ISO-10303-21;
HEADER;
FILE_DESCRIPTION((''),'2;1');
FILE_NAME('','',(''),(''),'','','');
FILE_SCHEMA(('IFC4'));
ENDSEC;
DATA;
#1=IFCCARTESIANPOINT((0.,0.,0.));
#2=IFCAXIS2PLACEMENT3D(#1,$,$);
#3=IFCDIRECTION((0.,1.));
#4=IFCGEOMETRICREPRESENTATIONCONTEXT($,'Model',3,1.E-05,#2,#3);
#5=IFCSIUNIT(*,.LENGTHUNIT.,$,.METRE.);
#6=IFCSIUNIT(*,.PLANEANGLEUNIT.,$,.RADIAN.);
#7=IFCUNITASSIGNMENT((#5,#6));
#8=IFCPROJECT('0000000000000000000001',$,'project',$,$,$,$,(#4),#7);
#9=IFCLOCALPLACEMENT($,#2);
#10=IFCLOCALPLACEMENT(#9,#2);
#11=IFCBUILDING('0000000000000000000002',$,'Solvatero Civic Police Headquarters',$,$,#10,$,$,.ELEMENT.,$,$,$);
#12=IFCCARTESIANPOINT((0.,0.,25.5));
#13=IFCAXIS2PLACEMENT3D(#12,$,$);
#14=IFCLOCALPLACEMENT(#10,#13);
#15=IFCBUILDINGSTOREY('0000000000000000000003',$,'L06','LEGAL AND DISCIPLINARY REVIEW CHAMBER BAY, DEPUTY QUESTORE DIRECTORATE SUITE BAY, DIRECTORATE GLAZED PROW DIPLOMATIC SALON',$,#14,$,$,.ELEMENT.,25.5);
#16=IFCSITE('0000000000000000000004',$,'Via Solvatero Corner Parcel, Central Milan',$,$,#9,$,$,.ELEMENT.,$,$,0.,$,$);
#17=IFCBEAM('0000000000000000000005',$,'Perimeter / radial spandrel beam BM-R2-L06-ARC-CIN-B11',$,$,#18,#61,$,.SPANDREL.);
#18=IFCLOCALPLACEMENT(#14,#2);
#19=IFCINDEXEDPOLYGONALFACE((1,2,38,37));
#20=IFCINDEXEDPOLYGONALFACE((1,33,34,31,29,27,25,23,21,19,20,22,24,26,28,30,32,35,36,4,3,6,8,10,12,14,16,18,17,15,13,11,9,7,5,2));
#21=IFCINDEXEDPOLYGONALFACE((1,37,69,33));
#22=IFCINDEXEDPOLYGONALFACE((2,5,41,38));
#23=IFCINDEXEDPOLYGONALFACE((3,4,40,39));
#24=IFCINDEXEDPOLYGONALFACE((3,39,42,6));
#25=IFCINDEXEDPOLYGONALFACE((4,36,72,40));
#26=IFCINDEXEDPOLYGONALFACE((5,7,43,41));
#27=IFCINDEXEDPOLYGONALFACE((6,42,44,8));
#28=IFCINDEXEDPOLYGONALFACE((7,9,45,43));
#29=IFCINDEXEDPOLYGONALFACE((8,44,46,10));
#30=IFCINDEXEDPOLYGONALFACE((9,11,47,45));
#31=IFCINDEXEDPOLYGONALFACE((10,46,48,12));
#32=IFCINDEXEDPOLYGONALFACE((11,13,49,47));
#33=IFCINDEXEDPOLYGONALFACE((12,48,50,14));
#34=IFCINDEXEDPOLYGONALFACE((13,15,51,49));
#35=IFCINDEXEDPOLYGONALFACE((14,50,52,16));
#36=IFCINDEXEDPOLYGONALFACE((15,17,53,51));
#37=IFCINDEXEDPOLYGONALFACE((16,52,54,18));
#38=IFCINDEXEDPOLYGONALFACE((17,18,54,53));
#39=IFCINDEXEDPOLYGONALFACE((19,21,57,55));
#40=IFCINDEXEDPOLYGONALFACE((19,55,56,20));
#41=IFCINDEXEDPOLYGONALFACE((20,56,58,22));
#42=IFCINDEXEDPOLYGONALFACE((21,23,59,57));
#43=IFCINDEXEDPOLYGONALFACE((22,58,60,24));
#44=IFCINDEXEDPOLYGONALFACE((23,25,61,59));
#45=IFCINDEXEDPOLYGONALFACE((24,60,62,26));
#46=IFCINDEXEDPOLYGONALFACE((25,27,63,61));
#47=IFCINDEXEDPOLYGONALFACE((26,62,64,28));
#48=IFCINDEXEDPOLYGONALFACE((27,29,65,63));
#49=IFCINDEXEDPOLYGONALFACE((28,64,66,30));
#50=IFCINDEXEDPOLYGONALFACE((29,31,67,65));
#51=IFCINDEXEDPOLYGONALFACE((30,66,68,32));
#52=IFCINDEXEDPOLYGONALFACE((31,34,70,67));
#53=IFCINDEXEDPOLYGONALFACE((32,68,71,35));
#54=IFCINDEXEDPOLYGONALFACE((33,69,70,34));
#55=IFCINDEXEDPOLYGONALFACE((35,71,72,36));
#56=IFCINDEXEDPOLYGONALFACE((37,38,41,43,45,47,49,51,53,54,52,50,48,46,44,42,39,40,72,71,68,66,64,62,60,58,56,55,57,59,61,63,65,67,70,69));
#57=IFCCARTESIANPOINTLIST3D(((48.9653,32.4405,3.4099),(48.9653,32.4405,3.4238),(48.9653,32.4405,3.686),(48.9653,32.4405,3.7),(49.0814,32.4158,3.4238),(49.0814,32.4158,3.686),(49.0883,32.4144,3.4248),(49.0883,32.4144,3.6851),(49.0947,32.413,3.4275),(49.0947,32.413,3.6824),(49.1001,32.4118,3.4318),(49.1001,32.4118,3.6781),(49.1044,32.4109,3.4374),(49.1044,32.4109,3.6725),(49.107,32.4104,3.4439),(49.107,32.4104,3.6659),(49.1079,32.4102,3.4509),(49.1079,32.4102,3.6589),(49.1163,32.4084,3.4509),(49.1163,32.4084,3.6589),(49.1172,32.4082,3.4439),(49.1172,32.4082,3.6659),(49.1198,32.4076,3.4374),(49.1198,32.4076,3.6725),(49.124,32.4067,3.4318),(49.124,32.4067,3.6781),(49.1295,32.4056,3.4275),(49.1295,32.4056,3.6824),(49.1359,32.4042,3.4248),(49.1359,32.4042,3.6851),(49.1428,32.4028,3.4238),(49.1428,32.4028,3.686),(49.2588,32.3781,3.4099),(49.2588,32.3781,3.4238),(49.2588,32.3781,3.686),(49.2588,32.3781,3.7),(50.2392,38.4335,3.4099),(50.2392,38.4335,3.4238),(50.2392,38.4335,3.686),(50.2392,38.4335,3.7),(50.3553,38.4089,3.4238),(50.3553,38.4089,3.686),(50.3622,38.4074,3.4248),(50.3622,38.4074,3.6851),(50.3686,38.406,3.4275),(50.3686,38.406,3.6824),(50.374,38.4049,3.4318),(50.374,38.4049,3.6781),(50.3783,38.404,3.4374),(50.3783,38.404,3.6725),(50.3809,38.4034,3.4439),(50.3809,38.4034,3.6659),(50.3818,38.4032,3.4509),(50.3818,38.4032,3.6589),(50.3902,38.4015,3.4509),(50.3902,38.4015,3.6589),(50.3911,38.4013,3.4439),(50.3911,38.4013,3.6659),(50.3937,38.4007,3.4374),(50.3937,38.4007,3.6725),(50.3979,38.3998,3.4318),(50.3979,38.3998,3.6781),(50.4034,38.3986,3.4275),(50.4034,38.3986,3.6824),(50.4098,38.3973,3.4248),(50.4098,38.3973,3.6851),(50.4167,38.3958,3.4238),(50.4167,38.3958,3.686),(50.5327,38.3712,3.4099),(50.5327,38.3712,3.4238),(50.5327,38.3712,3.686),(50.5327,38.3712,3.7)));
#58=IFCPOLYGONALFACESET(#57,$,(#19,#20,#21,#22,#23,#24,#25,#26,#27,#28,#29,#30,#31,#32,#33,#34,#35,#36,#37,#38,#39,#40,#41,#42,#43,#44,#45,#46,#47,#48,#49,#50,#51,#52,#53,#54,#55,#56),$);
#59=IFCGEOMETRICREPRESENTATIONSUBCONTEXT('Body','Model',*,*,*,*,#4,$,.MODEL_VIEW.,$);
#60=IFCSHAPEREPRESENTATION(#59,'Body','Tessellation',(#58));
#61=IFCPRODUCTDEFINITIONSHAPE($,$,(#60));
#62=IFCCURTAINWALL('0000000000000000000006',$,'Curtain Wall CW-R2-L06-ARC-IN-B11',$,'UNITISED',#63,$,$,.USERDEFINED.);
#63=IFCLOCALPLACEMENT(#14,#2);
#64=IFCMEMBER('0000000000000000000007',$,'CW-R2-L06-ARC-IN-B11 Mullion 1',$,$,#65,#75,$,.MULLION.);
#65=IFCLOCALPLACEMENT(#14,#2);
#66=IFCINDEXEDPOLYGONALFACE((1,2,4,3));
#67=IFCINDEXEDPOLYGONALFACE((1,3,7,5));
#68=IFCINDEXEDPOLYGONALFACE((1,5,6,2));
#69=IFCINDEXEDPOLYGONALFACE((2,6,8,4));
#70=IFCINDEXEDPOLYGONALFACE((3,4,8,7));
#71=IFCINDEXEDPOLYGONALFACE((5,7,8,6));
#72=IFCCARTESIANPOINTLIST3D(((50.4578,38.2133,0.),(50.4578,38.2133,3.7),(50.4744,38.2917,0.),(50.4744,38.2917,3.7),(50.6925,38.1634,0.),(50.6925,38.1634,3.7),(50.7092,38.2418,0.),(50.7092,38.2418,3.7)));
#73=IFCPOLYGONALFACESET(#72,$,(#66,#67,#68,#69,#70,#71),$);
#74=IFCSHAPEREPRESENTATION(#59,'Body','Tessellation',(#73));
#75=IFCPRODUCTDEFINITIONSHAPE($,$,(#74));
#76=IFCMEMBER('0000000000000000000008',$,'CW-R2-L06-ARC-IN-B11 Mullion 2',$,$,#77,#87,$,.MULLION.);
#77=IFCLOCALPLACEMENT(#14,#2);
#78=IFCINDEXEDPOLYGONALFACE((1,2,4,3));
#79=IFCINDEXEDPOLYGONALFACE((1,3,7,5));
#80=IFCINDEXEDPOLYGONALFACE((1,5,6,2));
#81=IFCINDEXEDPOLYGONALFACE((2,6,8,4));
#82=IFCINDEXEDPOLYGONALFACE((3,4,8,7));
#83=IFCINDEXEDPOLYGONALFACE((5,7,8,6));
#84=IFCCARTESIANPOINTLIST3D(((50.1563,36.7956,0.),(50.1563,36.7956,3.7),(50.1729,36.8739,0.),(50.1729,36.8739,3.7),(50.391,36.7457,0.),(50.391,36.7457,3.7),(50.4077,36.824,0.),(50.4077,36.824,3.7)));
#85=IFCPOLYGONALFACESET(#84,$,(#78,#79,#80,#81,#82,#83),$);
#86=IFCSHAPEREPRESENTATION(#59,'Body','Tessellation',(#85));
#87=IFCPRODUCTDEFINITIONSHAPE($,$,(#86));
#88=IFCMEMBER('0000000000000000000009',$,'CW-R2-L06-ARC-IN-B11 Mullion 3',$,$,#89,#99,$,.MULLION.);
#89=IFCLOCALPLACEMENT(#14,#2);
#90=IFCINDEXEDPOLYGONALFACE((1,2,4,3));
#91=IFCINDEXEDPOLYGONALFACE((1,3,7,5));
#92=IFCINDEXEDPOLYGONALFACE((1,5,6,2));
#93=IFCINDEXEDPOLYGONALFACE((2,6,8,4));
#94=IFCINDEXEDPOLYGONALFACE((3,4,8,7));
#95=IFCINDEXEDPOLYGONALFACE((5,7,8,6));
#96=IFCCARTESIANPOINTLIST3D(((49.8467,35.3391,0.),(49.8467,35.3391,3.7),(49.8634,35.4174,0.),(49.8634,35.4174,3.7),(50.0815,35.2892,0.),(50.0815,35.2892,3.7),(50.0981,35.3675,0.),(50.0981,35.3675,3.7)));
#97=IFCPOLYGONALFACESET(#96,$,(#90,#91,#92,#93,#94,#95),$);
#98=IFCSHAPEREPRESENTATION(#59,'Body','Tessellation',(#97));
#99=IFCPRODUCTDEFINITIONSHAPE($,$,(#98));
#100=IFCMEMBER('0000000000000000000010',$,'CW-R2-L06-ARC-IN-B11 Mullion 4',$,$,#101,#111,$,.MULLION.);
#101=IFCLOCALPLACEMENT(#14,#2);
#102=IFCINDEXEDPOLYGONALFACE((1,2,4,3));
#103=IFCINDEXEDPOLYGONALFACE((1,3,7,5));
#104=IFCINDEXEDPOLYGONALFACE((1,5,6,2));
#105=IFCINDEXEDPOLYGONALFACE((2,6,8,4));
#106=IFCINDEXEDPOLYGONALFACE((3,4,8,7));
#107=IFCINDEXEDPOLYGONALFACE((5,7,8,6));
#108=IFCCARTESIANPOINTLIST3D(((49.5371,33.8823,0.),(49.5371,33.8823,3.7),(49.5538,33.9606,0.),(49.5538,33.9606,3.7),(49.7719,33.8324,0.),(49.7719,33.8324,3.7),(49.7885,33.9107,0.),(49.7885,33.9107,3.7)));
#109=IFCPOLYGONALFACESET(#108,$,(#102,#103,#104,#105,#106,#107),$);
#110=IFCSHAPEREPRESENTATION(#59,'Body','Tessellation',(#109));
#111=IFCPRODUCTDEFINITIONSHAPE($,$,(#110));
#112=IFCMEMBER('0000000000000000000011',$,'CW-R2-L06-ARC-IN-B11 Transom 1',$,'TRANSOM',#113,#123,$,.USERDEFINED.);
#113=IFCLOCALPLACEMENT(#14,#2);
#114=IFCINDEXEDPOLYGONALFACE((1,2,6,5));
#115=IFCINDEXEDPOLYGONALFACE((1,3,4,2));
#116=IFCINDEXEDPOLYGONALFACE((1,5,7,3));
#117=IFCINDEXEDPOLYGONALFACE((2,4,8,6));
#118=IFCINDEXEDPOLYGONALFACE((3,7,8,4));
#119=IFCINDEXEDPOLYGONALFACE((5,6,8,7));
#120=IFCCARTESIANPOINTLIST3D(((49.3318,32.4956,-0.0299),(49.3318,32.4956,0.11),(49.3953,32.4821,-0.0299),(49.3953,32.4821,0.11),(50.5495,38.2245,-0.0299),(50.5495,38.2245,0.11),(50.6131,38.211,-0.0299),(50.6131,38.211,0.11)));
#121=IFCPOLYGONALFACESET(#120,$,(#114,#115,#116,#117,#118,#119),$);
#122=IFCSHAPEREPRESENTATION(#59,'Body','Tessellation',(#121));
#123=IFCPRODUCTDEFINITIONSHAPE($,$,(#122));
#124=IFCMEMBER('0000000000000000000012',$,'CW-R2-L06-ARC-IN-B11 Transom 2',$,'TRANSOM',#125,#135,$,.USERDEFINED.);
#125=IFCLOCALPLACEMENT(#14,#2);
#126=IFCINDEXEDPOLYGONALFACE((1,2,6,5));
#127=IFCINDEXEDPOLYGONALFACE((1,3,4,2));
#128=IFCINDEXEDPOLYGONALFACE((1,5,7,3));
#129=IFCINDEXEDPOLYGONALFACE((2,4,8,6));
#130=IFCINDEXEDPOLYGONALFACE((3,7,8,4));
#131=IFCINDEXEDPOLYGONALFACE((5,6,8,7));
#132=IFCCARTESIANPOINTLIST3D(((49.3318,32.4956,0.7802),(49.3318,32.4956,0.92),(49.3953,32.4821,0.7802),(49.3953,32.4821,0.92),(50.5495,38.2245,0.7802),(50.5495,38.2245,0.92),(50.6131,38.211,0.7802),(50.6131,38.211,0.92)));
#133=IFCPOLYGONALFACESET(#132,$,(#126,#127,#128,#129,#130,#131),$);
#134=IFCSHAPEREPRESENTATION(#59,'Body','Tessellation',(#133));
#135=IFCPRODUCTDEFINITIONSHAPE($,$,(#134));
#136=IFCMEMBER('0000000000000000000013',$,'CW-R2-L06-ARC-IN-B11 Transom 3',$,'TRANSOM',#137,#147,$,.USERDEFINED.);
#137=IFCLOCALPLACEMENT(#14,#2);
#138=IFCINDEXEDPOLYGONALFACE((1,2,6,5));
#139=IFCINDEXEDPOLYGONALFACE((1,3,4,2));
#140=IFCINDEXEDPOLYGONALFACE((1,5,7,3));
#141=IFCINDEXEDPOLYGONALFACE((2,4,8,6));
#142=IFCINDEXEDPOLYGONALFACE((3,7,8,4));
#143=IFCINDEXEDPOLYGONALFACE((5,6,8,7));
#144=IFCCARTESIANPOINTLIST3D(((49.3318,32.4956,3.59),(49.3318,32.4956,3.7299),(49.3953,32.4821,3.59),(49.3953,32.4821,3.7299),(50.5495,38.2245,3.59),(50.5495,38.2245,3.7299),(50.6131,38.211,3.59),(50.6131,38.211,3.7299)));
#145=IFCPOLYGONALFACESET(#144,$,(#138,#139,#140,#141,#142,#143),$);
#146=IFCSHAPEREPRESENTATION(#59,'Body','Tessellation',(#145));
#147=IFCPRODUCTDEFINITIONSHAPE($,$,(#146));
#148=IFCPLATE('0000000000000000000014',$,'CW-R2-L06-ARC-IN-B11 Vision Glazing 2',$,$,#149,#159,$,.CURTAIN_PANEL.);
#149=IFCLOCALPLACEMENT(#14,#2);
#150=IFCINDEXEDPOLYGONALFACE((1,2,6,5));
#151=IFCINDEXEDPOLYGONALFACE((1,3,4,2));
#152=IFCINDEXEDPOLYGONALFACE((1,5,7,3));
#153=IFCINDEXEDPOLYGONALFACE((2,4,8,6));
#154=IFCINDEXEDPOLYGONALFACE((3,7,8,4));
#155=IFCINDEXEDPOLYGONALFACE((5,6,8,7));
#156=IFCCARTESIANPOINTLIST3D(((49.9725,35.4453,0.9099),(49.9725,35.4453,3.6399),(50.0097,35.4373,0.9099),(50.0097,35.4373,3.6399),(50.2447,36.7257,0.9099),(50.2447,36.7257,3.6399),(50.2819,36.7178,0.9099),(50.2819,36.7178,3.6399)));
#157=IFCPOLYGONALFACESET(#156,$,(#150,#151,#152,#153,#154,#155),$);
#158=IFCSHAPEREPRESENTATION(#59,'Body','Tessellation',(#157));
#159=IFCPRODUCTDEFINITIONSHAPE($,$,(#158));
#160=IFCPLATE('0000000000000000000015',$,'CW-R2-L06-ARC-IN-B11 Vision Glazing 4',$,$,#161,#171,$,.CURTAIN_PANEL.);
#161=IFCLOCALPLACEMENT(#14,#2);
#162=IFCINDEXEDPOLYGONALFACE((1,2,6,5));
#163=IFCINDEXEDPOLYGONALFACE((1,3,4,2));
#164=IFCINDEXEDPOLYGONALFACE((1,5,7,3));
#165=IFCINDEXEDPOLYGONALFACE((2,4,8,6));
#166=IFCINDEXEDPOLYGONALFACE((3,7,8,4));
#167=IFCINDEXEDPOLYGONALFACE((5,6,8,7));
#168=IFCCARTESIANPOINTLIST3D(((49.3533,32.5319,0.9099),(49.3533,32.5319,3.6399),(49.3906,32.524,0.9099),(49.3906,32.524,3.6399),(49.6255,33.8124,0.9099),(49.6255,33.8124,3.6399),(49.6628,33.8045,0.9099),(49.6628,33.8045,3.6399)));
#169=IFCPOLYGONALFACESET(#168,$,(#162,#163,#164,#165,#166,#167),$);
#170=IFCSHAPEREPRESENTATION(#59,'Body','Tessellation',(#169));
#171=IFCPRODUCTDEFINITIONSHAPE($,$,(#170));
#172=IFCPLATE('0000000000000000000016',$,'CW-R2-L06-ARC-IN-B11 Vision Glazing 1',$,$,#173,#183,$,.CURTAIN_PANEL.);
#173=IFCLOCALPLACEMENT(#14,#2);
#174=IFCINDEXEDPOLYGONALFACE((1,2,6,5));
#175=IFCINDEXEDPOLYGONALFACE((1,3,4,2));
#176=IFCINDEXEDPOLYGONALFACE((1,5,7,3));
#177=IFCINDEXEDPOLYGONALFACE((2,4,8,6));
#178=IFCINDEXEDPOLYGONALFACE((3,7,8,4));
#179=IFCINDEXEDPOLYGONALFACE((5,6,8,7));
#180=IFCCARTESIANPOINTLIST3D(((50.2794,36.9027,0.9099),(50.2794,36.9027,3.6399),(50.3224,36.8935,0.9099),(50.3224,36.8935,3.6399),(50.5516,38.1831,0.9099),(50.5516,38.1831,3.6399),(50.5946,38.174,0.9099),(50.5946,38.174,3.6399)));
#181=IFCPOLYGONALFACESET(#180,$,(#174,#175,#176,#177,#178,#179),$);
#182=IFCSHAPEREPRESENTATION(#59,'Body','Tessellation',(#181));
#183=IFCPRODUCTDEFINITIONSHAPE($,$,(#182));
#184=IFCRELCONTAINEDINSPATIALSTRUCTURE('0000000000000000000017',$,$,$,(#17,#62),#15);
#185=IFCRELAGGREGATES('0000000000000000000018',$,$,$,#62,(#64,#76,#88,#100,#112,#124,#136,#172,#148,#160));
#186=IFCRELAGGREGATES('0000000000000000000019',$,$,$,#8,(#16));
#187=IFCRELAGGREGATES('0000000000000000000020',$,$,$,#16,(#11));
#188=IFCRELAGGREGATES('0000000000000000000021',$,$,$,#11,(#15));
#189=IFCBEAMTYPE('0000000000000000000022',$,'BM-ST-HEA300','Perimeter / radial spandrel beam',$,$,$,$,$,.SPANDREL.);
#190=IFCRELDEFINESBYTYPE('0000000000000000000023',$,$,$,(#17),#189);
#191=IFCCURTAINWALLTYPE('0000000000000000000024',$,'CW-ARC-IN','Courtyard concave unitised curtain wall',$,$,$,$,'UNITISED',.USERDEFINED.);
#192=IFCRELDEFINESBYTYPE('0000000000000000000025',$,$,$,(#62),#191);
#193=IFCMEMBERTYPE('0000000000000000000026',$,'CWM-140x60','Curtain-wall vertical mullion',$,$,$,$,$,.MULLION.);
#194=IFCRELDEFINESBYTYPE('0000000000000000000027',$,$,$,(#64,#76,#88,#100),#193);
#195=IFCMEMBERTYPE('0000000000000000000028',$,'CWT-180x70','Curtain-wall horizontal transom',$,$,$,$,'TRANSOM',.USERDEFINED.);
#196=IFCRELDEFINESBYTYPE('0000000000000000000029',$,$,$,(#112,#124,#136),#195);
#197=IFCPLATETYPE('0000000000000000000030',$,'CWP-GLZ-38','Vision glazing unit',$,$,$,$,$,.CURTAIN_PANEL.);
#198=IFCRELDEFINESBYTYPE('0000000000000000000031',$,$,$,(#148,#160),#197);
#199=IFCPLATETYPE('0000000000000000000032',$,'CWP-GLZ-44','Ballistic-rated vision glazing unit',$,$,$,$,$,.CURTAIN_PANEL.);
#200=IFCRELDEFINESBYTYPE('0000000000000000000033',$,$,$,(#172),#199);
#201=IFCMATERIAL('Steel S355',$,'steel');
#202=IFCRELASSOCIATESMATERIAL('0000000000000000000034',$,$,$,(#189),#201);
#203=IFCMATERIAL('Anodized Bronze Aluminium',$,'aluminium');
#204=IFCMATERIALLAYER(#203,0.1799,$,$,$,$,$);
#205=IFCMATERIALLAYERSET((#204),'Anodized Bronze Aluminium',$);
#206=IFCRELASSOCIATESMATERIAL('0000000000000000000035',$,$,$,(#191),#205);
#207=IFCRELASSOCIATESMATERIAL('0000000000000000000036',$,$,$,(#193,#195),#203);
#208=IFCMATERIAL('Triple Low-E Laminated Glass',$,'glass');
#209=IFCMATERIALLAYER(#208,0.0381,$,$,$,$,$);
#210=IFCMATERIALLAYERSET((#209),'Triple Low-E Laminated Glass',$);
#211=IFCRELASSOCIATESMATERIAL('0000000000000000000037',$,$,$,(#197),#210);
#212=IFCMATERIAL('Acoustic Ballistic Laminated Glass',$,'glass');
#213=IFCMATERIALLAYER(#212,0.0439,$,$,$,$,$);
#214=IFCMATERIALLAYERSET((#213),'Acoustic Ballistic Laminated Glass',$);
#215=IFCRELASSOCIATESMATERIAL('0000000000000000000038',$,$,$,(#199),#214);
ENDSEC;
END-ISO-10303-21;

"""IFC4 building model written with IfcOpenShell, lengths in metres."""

from ifc_helpers import new_model, si_unit, direction, frame, origin, origin_2d, place, context, subcontext, project, spatial, rectangle, i_section, extrude, material, layer, layer_set, material_profile, profile_set, type_object, element, aggregate, save


model = new_model("IFC4")

# Units and contexts
model_context = context("Model", 3, precision=1e-05, world=origin(), true_north=direction((0.0, 1.0)))
body_context = subcontext(model_context, "Body", "Model", "MODEL_VIEW")
ifc_project = project(units=[si_unit("LENGTHUNIT", "METRE"), si_unit("PLANEANGLEUNIT", "RADIAN")], contexts=[model_context])

# Site, building, storey
site_placement = place(None, origin())
site = spatial("IfcSite", under=ifc_project, at=site_placement, Name="Via Solvatero Corner Parcel, Central Milan", CompositionType="ELEMENT", RefElevation=0.0)
building_placement = place(site_placement, origin())
building = spatial("IfcBuilding", under=site, at=building_placement, Name="Solvatero Civic Police Headquarters", CompositionType="ELEMENT")
storey_placement = place(building_placement, frame((0.0, 0.0, 25.5)))
storey = spatial("IfcBuildingStorey", under=building, at=storey_placement, Name="L06", Description="LEGAL AND DISCIPLINARY REVIEW CHAMBER BAY, DEPUTY QUESTORE DIRECTORATE SUITE BAY, DIRECTORATE GLAZED PROW DIPLOMATIC SALON", CompositionType="ELEMENT", Elevation=25.5)

# Beam
ifc_material_1 = material(Name="Steel S355", Category="steel")
ifc_material_profile_1 = material_profile(ifc_material_1, i_section(OverallWidth=0.3, OverallDepth=0.29, WebThickness=0.0085, FlangeThickness=0.0139, FilletRadius=0.0271, at=origin_2d()), Name="HEA 300")
ifc_profile_set_1 = profile_set([ifc_material_profile_1], Name="Steel S355")
beam_type = type_object("IfcBeamType", Name="BM-ST-HEA300", Description="Perimeter / radial spandrel beam", PredefinedType="SPANDREL", material=ifc_profile_set_1)
beam_placement = place(storey_placement, frame((50.386, 38.4023, 3.5549), z_axis=(-0.207918, -0.978146, 0.0), x_axis=(0.978146, -0.207918, 0.0)))
element("IfcBeam", 1, at=beam_placement, inside=storey, type_object=beam_type, Name="Perimeter / radial spandrel beam BM-R2-L06-ARC-CIN-B11", PredefinedType="SPANDREL", context=body_context, shape_type="SweptSolid", body=[
    extrude(i_section(OverallWidth=0.3, OverallDepth=0.29, WebThickness=0.0085, FlangeThickness=0.0139, FilletRadius=0.0271, at=origin_2d()), origin(), (0.0, 0.0, 1.0), 6.127),
])

# Curtain wall, members, plates
ifc_material_2 = material(Name="Anodized Bronze Aluminium", Category="aluminium")
ifc_layer_1 = layer(ifc_material_2, 0.1799)
ifc_layer_set_1 = layer_set([ifc_layer_1], Name="Anodized Bronze Aluminium")
curtain_wall_type = type_object("IfcCurtainWallType", Name="CW-ARC-IN", Description="Courtyard concave unitised curtain wall", ElementType="UNITISED", PredefinedType="USERDEFINED", material=ifc_layer_set_1)
curtain_wall_placement = place(storey_placement, origin())
curtain_wall = element("IfcCurtainWall", 2, at=curtain_wall_placement, inside=storey, type_object=curtain_wall_type, Name="Curtain Wall CW-R2-L06-ARC-IN-B11", ObjectType="UNITISED", PredefinedType="USERDEFINED")
ifc_material_profile_2 = material_profile(ifc_material_2, rectangle(XDim=0.0801, YDim=0.24, at=origin_2d()), Name="ALU MULLION 80x240")
ifc_profile_set_2 = profile_set([ifc_material_profile_2], Name="Anodized Bronze Aluminium")
member_type_1 = type_object("IfcMemberType", Name="CWM-140x60", Description="Curtain-wall vertical mullion", PredefinedType="MULLION", material=ifc_profile_set_2)
member_1_placement = place(storey_placement, frame((50.5835, 38.2275, 0.0), z_axis=(0.0, 0.0, 1.0), x_axis=(-0.207912, -0.978148, 0.0)))
member_1 = element("IfcMember", 3, at=member_1_placement, type_object=member_type_1, Name="CW-R2-L06-ARC-IN-B11 Mullion 1", PredefinedType="MULLION", context=body_context, shape_type="SweptSolid", body=[
    extrude(rectangle(XDim=0.0801, YDim=0.24, at=origin_2d()), origin(), (0.0, 0.0, 1.0), 3.7),
])
member_2_placement = place(storey_placement, frame((50.282, 36.8098, 0.0), z_axis=(0.0, 0.0, 1.0), x_axis=(-0.207912, -0.978148, 0.0)))
member_2 = element("IfcMember", 4, at=member_2_placement, type_object=member_type_1, Name="CW-R2-L06-ARC-IN-B11 Mullion 2", PredefinedType="MULLION", context=body_context, shape_type="SweptSolid", body=[
    extrude(rectangle(XDim=0.0801, YDim=0.24, at=origin_2d()), origin(), (0.0, 0.0, 1.0), 3.7),
])
member_3_placement = place(storey_placement, frame((49.9724, 35.3533, 0.0), z_axis=(0.0, 0.0, 1.0), x_axis=(-0.207912, -0.978148, 0.0)))
member_3 = element("IfcMember", 5, at=member_3_placement, type_object=member_type_1, Name="CW-R2-L06-ARC-IN-B11 Mullion 3", PredefinedType="MULLION", context=body_context, shape_type="SweptSolid", body=[
    extrude(rectangle(XDim=0.0801, YDim=0.24, at=origin_2d()), origin(), (0.0, 0.0, 1.0), 3.7),
])
member_4_placement = place(storey_placement, frame((49.6628, 33.8965, 0.0), z_axis=(0.0, 0.0, 1.0), x_axis=(-0.207912, -0.978148, 0.0)))
member_4 = element("IfcMember", 6, at=member_4_placement, type_object=member_type_1, Name="CW-R2-L06-ARC-IN-B11 Mullion 4", PredefinedType="MULLION", context=body_context, shape_type="SweptSolid", body=[
    extrude(rectangle(XDim=0.0801, YDim=0.24, at=origin_2d()), origin(), (0.0, 0.0, 1.0), 3.7),
])
ifc_material_profile_3 = material_profile(ifc_material_2, rectangle(XDim=0.0649, YDim=0.1399, at=origin_2d()), Name="ALU TRANSOM 65x140")
ifc_profile_set_3 = profile_set([ifc_material_profile_3], Name="Anodized Bronze Aluminium")
member_type_2 = type_object("IfcMemberType", Name="CWT-180x70", Description="Curtain-wall horizontal transom", ElementType="TRANSOM", PredefinedType="USERDEFINED", material=ifc_profile_set_3)
member_5_placement = place(storey_placement, frame((50.5813, 38.2178, 0.04), z_axis=(-0.207918, -0.978146, 0.0), x_axis=(0.978146, -0.207918, 0.0)))
member_5 = element("IfcMember", 7, at=member_5_placement, type_object=member_type_2, Name="CW-R2-L06-ARC-IN-B11 Transom 1", ObjectType="TRANSOM", PredefinedType="USERDEFINED", context=body_context, shape_type="SweptSolid", body=[
    extrude(rectangle(XDim=0.0649, YDim=0.1399, at=origin_2d()), origin(), (0.0, 0.0, 1.0), 5.8569),
])
member_6_placement = place(storey_placement, frame((50.5813, 38.2178, 0.8501), z_axis=(-0.207918, -0.978146, 0.0), x_axis=(0.978146, -0.207918, 0.0)))
member_6 = element("IfcMember", 8, at=member_6_placement, type_object=member_type_2, Name="CW-R2-L06-ARC-IN-B11 Transom 2", ObjectType="TRANSOM", PredefinedType="USERDEFINED", context=body_context, shape_type="SweptSolid", body=[
    extrude(rectangle(XDim=0.0649, YDim=0.1399, at=origin_2d()), origin(), (0.0, 0.0, 1.0), 5.8569),
])
member_7_placement = place(storey_placement, frame((50.5813, 38.2178, 3.6599), z_axis=(-0.207918, -0.978146, 0.0), x_axis=(0.978146, -0.207918, 0.0)))
member_7 = element("IfcMember", 9, at=member_7_placement, type_object=member_type_2, Name="CW-R2-L06-ARC-IN-B11 Transom 3", ObjectType="TRANSOM", PredefinedType="USERDEFINED", context=body_context, shape_type="SweptSolid", body=[
    extrude(rectangle(XDim=0.0649, YDim=0.1399, at=origin_2d()), origin(), (0.0, 0.0, 1.0), 5.8569),
])
ifc_material_3 = material(Name="Triple Low-E Laminated Glass", Category="glass")
ifc_layer_2 = layer(ifc_material_3, 0.0381)
ifc_layer_set_2 = layer_set([ifc_layer_2], Name="Triple Low-E Laminated Glass")
plate_type_1 = type_object("IfcPlateType", Name="CWP-GLZ-38", Description="Vision glazing unit", PredefinedType="CURTAIN_PANEL", material=ifc_layer_set_2)
plate_1_placement = place(storey_placement, frame((50.1272, 36.0815, 0.9099), z_axis=(0.0, 0.0, 1.0), x_axis=(-0.207912, -0.978148, 0.0)))
plate_1 = element("IfcPlate", 10, at=plate_1_placement, type_object=plate_type_1, Name="CW-R2-L06-ARC-IN-B11 Vision Glazing 2", PredefinedType="CURTAIN_PANEL", context=body_context, shape_type="SweptSolid", body=[
    extrude(rectangle(XDim=1.3091, YDim=0.0381, at=origin_2d()), origin(), (0.0, 0.0, 1.0), 2.73),
])
plate_2_placement = place(storey_placement, frame((49.5081, 33.1682, 0.9099), z_axis=(0.0, 0.0, 1.0), x_axis=(-0.207912, -0.978148, 0.0)))
plate_2 = element("IfcPlate", 11, at=plate_2_placement, type_object=plate_type_1, Name="CW-R2-L06-ARC-IN-B11 Vision Glazing 4", PredefinedType="CURTAIN_PANEL", context=body_context, shape_type="SweptSolid", body=[
    extrude(rectangle(XDim=1.3091, YDim=0.0381, at=origin_2d()), origin(), (0.0, 0.0, 1.0), 2.73),
])
ifc_material_4 = material(Name="Acoustic Ballistic Laminated Glass", Category="glass")
ifc_layer_3 = layer(ifc_material_4, 0.0439)
ifc_layer_set_3 = layer_set([ifc_layer_3], Name="Acoustic Ballistic Laminated Glass")
plate_type_2 = type_object("IfcPlateType", Name="CWP-GLZ-44", Description="Ballistic-rated vision glazing unit", PredefinedType="CURTAIN_PANEL", material=ifc_layer_set_3)
plate_3_placement = place(storey_placement, frame((50.437, 37.5383, 0.9099), z_axis=(0.0, 0.0, 1.0), x_axis=(-0.207912, -0.978148, 0.0)))
plate_3 = element("IfcPlate", 12, at=plate_3_placement, type_object=plate_type_2, Name="CW-R2-L06-ARC-IN-B11 Vision Glazing 1", PredefinedType="CURTAIN_PANEL", context=body_context, shape_type="SweptSolid", body=[
    extrude(rectangle(XDim=1.3091, YDim=0.0439, at=origin_2d()), origin(), (0.0, 0.0, 1.0), 2.73),
])
aggregate(curtain_wall, [member_1, member_2, member_3, member_4, member_5, member_6, member_7, plate_3, plate_1, plate_2])

save(model, "model.ifc")
